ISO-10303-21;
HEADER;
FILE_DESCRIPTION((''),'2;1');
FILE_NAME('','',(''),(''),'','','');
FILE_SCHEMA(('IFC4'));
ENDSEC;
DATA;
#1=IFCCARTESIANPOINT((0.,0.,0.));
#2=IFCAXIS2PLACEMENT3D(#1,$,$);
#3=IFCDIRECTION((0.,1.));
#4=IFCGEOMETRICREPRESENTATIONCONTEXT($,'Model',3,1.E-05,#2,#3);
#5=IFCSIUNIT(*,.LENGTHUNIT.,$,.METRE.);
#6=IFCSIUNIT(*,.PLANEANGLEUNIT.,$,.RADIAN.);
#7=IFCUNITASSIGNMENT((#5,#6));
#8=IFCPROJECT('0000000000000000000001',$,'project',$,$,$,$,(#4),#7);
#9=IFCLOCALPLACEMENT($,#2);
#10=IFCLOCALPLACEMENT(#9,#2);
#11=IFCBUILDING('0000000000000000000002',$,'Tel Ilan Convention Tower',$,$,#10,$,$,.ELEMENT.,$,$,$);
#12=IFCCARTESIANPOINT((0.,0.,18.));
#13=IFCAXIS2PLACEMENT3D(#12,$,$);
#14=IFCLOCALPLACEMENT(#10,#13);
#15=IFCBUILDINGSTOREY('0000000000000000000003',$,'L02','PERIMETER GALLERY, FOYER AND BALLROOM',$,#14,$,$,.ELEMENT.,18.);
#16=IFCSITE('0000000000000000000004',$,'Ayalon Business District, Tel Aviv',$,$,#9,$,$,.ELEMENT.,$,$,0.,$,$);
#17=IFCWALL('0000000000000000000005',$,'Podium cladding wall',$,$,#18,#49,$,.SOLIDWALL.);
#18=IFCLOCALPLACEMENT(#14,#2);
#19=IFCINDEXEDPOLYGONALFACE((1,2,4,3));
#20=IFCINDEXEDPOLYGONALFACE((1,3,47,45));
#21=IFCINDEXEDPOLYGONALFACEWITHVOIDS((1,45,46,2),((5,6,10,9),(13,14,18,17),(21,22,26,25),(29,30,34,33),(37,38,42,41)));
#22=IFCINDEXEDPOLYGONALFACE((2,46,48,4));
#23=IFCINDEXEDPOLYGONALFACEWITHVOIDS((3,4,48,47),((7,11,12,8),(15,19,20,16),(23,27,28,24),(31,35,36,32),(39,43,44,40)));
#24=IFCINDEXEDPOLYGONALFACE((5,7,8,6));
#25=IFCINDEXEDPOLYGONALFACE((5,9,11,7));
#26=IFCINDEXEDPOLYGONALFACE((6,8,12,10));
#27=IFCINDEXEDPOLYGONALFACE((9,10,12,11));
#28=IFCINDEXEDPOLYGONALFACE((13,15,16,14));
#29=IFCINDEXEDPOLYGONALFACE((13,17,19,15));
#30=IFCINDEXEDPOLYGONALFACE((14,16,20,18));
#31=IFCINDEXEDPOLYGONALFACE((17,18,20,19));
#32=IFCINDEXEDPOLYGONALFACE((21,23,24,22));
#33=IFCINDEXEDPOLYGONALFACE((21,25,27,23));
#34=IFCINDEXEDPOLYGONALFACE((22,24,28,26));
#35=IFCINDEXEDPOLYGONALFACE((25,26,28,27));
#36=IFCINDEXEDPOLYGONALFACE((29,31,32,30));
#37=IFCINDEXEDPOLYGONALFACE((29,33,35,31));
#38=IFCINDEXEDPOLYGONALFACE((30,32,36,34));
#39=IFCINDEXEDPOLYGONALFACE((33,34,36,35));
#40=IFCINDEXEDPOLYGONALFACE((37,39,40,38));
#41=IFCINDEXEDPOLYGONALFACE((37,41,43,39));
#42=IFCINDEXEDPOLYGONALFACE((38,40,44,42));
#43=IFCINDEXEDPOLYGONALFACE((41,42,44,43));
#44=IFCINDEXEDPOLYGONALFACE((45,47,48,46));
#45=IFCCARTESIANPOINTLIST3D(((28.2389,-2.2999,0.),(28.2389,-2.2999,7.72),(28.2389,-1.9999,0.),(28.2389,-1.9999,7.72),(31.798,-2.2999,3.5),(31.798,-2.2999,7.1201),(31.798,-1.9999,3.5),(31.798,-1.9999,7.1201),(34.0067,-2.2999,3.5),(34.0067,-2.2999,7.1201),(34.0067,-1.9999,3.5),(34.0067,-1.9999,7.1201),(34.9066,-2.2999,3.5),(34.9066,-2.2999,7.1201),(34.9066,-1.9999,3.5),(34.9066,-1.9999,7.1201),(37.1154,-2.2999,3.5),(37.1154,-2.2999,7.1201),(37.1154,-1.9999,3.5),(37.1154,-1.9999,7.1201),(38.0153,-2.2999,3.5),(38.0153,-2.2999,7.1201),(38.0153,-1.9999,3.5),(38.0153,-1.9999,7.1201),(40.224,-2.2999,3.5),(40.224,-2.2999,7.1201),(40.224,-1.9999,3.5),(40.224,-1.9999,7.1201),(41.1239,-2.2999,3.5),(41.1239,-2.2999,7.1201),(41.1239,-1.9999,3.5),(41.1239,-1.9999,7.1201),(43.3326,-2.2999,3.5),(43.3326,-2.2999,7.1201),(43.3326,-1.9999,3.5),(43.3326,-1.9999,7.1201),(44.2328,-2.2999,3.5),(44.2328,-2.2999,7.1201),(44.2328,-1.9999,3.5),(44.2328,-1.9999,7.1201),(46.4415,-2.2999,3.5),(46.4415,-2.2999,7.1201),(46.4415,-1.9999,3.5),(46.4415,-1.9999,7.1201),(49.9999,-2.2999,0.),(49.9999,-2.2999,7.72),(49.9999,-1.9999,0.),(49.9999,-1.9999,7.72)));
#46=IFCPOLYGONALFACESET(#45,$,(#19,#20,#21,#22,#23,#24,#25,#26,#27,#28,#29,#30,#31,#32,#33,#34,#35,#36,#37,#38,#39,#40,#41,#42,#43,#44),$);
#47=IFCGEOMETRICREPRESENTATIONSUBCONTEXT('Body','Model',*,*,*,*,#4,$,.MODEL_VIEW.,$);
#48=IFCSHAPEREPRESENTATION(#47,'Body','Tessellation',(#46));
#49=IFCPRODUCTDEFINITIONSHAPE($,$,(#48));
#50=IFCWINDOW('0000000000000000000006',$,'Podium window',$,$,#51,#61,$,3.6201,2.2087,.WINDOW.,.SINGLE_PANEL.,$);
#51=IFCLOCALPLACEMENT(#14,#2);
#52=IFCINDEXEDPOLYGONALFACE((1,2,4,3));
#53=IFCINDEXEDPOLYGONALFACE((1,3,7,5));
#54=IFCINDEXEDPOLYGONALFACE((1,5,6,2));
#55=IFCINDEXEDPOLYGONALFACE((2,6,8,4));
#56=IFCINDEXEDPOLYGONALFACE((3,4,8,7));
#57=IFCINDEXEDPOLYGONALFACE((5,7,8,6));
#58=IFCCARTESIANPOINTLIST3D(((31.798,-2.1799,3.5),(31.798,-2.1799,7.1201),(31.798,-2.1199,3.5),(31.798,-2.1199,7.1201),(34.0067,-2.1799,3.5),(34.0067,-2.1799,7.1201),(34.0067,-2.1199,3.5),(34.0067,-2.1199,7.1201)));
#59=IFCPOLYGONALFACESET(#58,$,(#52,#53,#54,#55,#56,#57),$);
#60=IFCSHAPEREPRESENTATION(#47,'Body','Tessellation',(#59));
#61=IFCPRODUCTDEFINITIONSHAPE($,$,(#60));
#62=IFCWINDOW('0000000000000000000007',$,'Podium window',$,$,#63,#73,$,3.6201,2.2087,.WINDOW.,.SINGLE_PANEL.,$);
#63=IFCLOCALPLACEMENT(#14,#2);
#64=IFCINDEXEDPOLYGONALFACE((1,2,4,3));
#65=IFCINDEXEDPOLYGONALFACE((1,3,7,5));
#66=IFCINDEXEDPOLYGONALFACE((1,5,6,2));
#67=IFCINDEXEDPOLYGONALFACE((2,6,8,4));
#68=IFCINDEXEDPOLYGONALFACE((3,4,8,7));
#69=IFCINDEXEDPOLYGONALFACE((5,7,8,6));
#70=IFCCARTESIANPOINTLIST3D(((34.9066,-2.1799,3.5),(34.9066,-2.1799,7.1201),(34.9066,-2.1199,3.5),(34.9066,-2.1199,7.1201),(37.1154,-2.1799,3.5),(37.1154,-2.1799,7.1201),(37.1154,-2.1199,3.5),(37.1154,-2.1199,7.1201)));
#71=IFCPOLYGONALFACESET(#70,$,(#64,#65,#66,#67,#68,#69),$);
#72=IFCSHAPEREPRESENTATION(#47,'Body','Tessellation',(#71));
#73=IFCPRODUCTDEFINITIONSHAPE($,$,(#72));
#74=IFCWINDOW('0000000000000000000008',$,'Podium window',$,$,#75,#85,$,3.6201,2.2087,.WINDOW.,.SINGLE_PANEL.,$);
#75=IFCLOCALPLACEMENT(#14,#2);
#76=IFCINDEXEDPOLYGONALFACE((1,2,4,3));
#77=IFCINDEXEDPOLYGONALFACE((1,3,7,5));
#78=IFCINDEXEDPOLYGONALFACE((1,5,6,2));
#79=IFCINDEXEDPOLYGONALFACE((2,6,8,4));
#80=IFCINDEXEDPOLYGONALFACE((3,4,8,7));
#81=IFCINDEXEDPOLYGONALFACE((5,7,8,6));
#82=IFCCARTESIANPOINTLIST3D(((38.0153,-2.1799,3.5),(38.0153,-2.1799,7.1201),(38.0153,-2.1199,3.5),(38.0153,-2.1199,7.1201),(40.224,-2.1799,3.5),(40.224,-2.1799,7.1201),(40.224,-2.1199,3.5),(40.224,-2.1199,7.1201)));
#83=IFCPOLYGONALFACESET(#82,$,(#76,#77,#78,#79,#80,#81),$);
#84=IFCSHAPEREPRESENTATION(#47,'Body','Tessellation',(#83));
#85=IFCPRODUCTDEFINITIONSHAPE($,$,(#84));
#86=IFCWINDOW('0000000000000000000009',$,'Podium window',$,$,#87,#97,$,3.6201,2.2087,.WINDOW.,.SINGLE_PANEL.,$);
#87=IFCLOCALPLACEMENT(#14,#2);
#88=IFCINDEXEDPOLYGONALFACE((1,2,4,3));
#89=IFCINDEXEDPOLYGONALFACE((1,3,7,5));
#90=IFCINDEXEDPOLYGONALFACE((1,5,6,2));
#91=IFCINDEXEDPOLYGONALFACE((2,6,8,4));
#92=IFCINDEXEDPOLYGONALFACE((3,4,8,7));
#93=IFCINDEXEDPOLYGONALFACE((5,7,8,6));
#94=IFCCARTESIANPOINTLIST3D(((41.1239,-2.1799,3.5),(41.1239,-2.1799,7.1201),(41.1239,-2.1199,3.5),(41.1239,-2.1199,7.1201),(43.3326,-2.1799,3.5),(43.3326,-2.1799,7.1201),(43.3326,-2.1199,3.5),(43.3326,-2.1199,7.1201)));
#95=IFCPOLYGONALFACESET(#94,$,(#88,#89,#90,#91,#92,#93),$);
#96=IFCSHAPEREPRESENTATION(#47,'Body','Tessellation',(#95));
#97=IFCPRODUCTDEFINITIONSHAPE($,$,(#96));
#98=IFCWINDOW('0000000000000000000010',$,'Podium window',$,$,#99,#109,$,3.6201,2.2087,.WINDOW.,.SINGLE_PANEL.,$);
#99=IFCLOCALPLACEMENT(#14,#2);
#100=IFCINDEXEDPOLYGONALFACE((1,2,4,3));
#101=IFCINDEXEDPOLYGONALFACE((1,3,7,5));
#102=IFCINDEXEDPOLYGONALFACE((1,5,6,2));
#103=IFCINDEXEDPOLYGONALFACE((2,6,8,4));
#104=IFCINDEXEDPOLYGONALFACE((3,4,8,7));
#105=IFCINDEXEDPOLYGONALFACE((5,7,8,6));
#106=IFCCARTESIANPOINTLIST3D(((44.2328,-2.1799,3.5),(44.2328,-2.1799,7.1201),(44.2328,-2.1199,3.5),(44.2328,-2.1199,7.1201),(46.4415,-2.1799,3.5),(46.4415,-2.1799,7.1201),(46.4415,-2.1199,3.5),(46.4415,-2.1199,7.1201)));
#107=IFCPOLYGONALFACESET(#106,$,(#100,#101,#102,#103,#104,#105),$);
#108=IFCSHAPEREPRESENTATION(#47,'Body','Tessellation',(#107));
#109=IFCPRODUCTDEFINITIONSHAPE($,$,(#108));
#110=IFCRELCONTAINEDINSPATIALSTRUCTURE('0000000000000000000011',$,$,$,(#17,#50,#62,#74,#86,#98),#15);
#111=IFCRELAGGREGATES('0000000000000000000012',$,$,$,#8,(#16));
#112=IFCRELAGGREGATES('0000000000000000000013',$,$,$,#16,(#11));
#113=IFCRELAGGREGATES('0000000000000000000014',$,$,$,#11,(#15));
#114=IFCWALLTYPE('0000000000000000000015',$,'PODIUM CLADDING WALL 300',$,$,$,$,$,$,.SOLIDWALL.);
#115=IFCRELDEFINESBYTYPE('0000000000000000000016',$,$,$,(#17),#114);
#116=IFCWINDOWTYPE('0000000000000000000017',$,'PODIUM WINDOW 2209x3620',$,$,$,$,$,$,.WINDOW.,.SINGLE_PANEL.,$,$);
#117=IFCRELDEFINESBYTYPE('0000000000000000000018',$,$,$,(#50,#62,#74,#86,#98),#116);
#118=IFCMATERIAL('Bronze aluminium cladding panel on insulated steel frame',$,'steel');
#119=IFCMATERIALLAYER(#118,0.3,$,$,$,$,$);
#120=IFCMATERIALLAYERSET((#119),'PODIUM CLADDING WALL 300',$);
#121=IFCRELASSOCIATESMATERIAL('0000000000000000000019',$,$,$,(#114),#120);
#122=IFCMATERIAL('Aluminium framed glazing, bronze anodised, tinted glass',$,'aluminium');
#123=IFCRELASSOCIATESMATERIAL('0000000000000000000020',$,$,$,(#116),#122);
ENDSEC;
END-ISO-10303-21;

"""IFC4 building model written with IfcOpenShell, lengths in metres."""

from ifc_helpers import new_model, si_unit, direction, frame, frame_2d, origin, place, context, subcontext, project, spatial, rectangle, extrude, material, layer, layer_set, type_object, element, fill, save


model = new_model("IFC4")

# Units and contexts
model_context = context("Model", 3, precision=1e-05, world=origin(), true_north=direction((0.0, 1.0)))
body_context = subcontext(model_context, "Body", "Model", "MODEL_VIEW")
ifc_project = project(units=[si_unit("LENGTHUNIT", "METRE"), si_unit("PLANEANGLEUNIT", "RADIAN")], contexts=[model_context])

# Site, building, storey
site_placement = place(None, origin())
site = spatial("IfcSite", under=ifc_project, at=site_placement, Name="Ayalon Business District, Tel Aviv", CompositionType="ELEMENT", RefElevation=0.0)
building_placement = place(site_placement, origin())
building = spatial("IfcBuilding", under=site, at=building_placement, Name="Tel Ilan Convention Tower", CompositionType="ELEMENT")
storey_placement = place(building_placement, frame((0.0, 0.0, 18.0)))
storey = spatial("IfcBuildingStorey", under=building, at=storey_placement, Name="L02", Description="PERIMETER GALLERY, FOYER AND BALLROOM", CompositionType="ELEMENT", Elevation=18.0)

# Wall, openings, windows
ifc_material_1 = material(Name="Bronze aluminium cladding panel on insulated steel frame", Category="steel")
ifc_layer = layer(ifc_material_1, 0.3)
ifc_layer_set = layer_set([ifc_layer], Name="PODIUM CLADDING WALL 300")
wall_type = type_object("IfcWallType", Name="PODIUM CLADDING WALL 300", PredefinedType="SOLIDWALL", material=ifc_layer_set)
wall_placement = place(storey_placement, frame((28.239, -2.1499, 0.0), z_axis=(0.0, 0.0, 1.0), x_axis=(1.0, 0.0, 0.0)))
wall = element("IfcWall", 1, at=wall_placement, inside=storey, type_object=wall_type, Name="Podium cladding wall", PredefinedType="SOLIDWALL", context=body_context, shape_type="SweptSolid", body=[
    extrude(rectangle(XDim=21.761, YDim=0.3, at=frame_2d((10.8804, 0.0))), origin(), (0.0, 0.0, 1.0), 7.72),
])
opening_1_placement = place(wall_placement, frame((3.5588, 0.0, 3.5)))
opening_1 = element("IfcOpeningElement", 2, at=opening_1_placement, cuts=wall, PredefinedType="OPENING", context=body_context, shape_type="SweptSolid", body=[
    extrude(rectangle(XDim=2.2087, YDim=3.6201, at=frame_2d((1.1045, 1.8101))), frame((0.0, 0.1599, 0.0), z_axis=(0.0, -1.0, 0.0), x_axis=(1.0, 0.0, 0.0)), (0.0, 0.0, 1.0), 0.3201),
])
opening_2_placement = place(wall_placement, frame((6.6675, 0.0, 3.5)))
opening_2 = element("IfcOpeningElement", 3, at=opening_2_placement, cuts=wall, PredefinedType="OPENING", context=body_context, shape_type="SweptSolid", body=[
    extrude(rectangle(XDim=2.2087, YDim=3.6201, at=frame_2d((1.1045, 1.8101))), frame((0.0, 0.1599, 0.0), z_axis=(0.0, -1.0, 0.0), x_axis=(1.0, 0.0, 0.0)), (0.0, 0.0, 1.0), 0.3201),
])
opening_3_placement = place(wall_placement, frame((9.7761, 0.0, 3.5)))
opening_3 = element("IfcOpeningElement", 4, at=opening_3_placement, cuts=wall, PredefinedType="OPENING", context=body_context, shape_type="SweptSolid", body=[
    extrude(rectangle(XDim=2.2087, YDim=3.6201, at=frame_2d((1.1045, 1.8101))), frame((0.0, 0.1599, 0.0), z_axis=(0.0, -1.0, 0.0), x_axis=(1.0, 0.0, 0.0)), (0.0, 0.0, 1.0), 0.3201),
])
opening_4_placement = place(wall_placement, frame((12.8848, 0.0, 3.5)))
opening_4 = element("IfcOpeningElement", 5, at=opening_4_placement, cuts=wall, PredefinedType="OPENING", context=body_context, shape_type="SweptSolid", body=[
    extrude(rectangle(XDim=2.2087, YDim=3.6201, at=frame_2d((1.1045, 1.8101))), frame((0.0, 0.1599, 0.0), z_axis=(0.0, -1.0, 0.0), x_axis=(1.0, 0.0, 0.0)), (0.0, 0.0, 1.0), 0.3201),
])
opening_5_placement = place(wall_placement, frame((15.9937, 0.0, 3.5)))
opening_5 = element("IfcOpeningElement", 6, at=opening_5_placement, cuts=wall, PredefinedType="OPENING", context=body_context, shape_type="SweptSolid", body=[
    extrude(rectangle(XDim=2.2087, YDim=3.6201, at=frame_2d((1.1045, 1.8101))), frame((0.0, 0.1599, 0.0), z_axis=(0.0, -1.0, 0.0), x_axis=(1.0, 0.0, 0.0)), (0.0, 0.0, 1.0), 0.3201),
])
ifc_material_2 = material(Name="Aluminium framed glazing, bronze anodised, tinted glass", Category="aluminium")
window_type = type_object("IfcWindowType", Name="PODIUM WINDOW 2209x3620", PartitioningType="SINGLE_PANEL", PredefinedType="WINDOW", material=ifc_material_2)
window_1_placement = place(opening_1_placement, origin())
window_1 = element("IfcWindow", 7, at=window_1_placement, inside=storey, type_object=window_type, Name="Podium window", OverallHeight=3.6201, OverallWidth=2.2087, PartitioningType="SINGLE_PANEL", PredefinedType="WINDOW", context=body_context, shape_type="SweptSolid", body=[
    extrude(rectangle(XDim=2.2087, YDim=3.6201, at=frame_2d((1.1045, 1.8101))), frame((0.0, 0.03, 0.0), z_axis=(0.0, -1.0, 0.0), x_axis=(1.0, 0.0, 0.0)), (0.0, 0.0, 1.0), 0.0601),
])
fill(opening_1, window_1)
window_2_placement = place(opening_2_placement, origin())
window_2 = element("IfcWindow", 8, at=window_2_placement, inside=storey, type_object=window_type, Name="Podium window", OverallHeight=3.6201, OverallWidth=2.2087, PartitioningType="SINGLE_PANEL", PredefinedType="WINDOW", context=body_context, shape_type="SweptSolid", body=[
    extrude(rectangle(XDim=2.2087, YDim=3.6201, at=frame_2d((1.1045, 1.8101))), frame((0.0, 0.03, 0.0), z_axis=(0.0, -1.0, 0.0), x_axis=(1.0, 0.0, 0.0)), (0.0, 0.0, 1.0), 0.0601),
])
fill(opening_2, window_2)
window_3_placement = place(opening_3_placement, origin())
window_3 = element("IfcWindow", 9, at=window_3_placement, inside=storey, type_object=window_type, Name="Podium window", OverallHeight=3.6201, OverallWidth=2.2087, PartitioningType="SINGLE_PANEL", PredefinedType="WINDOW", context=body_context, shape_type="SweptSolid", body=[
    extrude(rectangle(XDim=2.2087, YDim=3.6201, at=frame_2d((1.1045, 1.8101))), frame((0.0, 0.03, 0.0), z_axis=(0.0, -1.0, 0.0), x_axis=(1.0, 0.0, 0.0)), (0.0, 0.0, 1.0), 0.0601),
])
fill(opening_3, window_3)
window_4_placement = place(opening_4_placement, origin())
window_4 = element("IfcWindow", 10, at=window_4_placement, inside=storey, type_object=window_type, Name="Podium window", OverallHeight=3.6201, OverallWidth=2.2087, PartitioningType="SINGLE_PANEL", PredefinedType="WINDOW", context=body_context, shape_type="SweptSolid", body=[
    extrude(rectangle(XDim=2.2087, YDim=3.6201, at=frame_2d((1.1045, 1.8101))), frame((0.0, 0.03, 0.0), z_axis=(0.0, -1.0, 0.0), x_axis=(1.0, 0.0, 0.0)), (0.0, 0.0, 1.0), 0.0601),
])
fill(opening_4, window_4)
window_5_placement = place(opening_5_placement, origin())
window_5 = element("IfcWindow", 11, at=window_5_placement, inside=storey, type_object=window_type, Name="Podium window", OverallHeight=3.6201, OverallWidth=2.2087, PartitioningType="SINGLE_PANEL", PredefinedType="WINDOW", context=body_context, shape_type="SweptSolid", body=[
    extrude(rectangle(XDim=2.2087, YDim=3.6201, at=frame_2d((1.1045, 1.8101))), frame((0.0, 0.03, 0.0), z_axis=(0.0, -1.0, 0.0), x_axis=(1.0, 0.0, 0.0)), (0.0, 0.0, 1.0), 0.0601),
])
fill(opening_5, window_5)

save(model, "model.ifc")
